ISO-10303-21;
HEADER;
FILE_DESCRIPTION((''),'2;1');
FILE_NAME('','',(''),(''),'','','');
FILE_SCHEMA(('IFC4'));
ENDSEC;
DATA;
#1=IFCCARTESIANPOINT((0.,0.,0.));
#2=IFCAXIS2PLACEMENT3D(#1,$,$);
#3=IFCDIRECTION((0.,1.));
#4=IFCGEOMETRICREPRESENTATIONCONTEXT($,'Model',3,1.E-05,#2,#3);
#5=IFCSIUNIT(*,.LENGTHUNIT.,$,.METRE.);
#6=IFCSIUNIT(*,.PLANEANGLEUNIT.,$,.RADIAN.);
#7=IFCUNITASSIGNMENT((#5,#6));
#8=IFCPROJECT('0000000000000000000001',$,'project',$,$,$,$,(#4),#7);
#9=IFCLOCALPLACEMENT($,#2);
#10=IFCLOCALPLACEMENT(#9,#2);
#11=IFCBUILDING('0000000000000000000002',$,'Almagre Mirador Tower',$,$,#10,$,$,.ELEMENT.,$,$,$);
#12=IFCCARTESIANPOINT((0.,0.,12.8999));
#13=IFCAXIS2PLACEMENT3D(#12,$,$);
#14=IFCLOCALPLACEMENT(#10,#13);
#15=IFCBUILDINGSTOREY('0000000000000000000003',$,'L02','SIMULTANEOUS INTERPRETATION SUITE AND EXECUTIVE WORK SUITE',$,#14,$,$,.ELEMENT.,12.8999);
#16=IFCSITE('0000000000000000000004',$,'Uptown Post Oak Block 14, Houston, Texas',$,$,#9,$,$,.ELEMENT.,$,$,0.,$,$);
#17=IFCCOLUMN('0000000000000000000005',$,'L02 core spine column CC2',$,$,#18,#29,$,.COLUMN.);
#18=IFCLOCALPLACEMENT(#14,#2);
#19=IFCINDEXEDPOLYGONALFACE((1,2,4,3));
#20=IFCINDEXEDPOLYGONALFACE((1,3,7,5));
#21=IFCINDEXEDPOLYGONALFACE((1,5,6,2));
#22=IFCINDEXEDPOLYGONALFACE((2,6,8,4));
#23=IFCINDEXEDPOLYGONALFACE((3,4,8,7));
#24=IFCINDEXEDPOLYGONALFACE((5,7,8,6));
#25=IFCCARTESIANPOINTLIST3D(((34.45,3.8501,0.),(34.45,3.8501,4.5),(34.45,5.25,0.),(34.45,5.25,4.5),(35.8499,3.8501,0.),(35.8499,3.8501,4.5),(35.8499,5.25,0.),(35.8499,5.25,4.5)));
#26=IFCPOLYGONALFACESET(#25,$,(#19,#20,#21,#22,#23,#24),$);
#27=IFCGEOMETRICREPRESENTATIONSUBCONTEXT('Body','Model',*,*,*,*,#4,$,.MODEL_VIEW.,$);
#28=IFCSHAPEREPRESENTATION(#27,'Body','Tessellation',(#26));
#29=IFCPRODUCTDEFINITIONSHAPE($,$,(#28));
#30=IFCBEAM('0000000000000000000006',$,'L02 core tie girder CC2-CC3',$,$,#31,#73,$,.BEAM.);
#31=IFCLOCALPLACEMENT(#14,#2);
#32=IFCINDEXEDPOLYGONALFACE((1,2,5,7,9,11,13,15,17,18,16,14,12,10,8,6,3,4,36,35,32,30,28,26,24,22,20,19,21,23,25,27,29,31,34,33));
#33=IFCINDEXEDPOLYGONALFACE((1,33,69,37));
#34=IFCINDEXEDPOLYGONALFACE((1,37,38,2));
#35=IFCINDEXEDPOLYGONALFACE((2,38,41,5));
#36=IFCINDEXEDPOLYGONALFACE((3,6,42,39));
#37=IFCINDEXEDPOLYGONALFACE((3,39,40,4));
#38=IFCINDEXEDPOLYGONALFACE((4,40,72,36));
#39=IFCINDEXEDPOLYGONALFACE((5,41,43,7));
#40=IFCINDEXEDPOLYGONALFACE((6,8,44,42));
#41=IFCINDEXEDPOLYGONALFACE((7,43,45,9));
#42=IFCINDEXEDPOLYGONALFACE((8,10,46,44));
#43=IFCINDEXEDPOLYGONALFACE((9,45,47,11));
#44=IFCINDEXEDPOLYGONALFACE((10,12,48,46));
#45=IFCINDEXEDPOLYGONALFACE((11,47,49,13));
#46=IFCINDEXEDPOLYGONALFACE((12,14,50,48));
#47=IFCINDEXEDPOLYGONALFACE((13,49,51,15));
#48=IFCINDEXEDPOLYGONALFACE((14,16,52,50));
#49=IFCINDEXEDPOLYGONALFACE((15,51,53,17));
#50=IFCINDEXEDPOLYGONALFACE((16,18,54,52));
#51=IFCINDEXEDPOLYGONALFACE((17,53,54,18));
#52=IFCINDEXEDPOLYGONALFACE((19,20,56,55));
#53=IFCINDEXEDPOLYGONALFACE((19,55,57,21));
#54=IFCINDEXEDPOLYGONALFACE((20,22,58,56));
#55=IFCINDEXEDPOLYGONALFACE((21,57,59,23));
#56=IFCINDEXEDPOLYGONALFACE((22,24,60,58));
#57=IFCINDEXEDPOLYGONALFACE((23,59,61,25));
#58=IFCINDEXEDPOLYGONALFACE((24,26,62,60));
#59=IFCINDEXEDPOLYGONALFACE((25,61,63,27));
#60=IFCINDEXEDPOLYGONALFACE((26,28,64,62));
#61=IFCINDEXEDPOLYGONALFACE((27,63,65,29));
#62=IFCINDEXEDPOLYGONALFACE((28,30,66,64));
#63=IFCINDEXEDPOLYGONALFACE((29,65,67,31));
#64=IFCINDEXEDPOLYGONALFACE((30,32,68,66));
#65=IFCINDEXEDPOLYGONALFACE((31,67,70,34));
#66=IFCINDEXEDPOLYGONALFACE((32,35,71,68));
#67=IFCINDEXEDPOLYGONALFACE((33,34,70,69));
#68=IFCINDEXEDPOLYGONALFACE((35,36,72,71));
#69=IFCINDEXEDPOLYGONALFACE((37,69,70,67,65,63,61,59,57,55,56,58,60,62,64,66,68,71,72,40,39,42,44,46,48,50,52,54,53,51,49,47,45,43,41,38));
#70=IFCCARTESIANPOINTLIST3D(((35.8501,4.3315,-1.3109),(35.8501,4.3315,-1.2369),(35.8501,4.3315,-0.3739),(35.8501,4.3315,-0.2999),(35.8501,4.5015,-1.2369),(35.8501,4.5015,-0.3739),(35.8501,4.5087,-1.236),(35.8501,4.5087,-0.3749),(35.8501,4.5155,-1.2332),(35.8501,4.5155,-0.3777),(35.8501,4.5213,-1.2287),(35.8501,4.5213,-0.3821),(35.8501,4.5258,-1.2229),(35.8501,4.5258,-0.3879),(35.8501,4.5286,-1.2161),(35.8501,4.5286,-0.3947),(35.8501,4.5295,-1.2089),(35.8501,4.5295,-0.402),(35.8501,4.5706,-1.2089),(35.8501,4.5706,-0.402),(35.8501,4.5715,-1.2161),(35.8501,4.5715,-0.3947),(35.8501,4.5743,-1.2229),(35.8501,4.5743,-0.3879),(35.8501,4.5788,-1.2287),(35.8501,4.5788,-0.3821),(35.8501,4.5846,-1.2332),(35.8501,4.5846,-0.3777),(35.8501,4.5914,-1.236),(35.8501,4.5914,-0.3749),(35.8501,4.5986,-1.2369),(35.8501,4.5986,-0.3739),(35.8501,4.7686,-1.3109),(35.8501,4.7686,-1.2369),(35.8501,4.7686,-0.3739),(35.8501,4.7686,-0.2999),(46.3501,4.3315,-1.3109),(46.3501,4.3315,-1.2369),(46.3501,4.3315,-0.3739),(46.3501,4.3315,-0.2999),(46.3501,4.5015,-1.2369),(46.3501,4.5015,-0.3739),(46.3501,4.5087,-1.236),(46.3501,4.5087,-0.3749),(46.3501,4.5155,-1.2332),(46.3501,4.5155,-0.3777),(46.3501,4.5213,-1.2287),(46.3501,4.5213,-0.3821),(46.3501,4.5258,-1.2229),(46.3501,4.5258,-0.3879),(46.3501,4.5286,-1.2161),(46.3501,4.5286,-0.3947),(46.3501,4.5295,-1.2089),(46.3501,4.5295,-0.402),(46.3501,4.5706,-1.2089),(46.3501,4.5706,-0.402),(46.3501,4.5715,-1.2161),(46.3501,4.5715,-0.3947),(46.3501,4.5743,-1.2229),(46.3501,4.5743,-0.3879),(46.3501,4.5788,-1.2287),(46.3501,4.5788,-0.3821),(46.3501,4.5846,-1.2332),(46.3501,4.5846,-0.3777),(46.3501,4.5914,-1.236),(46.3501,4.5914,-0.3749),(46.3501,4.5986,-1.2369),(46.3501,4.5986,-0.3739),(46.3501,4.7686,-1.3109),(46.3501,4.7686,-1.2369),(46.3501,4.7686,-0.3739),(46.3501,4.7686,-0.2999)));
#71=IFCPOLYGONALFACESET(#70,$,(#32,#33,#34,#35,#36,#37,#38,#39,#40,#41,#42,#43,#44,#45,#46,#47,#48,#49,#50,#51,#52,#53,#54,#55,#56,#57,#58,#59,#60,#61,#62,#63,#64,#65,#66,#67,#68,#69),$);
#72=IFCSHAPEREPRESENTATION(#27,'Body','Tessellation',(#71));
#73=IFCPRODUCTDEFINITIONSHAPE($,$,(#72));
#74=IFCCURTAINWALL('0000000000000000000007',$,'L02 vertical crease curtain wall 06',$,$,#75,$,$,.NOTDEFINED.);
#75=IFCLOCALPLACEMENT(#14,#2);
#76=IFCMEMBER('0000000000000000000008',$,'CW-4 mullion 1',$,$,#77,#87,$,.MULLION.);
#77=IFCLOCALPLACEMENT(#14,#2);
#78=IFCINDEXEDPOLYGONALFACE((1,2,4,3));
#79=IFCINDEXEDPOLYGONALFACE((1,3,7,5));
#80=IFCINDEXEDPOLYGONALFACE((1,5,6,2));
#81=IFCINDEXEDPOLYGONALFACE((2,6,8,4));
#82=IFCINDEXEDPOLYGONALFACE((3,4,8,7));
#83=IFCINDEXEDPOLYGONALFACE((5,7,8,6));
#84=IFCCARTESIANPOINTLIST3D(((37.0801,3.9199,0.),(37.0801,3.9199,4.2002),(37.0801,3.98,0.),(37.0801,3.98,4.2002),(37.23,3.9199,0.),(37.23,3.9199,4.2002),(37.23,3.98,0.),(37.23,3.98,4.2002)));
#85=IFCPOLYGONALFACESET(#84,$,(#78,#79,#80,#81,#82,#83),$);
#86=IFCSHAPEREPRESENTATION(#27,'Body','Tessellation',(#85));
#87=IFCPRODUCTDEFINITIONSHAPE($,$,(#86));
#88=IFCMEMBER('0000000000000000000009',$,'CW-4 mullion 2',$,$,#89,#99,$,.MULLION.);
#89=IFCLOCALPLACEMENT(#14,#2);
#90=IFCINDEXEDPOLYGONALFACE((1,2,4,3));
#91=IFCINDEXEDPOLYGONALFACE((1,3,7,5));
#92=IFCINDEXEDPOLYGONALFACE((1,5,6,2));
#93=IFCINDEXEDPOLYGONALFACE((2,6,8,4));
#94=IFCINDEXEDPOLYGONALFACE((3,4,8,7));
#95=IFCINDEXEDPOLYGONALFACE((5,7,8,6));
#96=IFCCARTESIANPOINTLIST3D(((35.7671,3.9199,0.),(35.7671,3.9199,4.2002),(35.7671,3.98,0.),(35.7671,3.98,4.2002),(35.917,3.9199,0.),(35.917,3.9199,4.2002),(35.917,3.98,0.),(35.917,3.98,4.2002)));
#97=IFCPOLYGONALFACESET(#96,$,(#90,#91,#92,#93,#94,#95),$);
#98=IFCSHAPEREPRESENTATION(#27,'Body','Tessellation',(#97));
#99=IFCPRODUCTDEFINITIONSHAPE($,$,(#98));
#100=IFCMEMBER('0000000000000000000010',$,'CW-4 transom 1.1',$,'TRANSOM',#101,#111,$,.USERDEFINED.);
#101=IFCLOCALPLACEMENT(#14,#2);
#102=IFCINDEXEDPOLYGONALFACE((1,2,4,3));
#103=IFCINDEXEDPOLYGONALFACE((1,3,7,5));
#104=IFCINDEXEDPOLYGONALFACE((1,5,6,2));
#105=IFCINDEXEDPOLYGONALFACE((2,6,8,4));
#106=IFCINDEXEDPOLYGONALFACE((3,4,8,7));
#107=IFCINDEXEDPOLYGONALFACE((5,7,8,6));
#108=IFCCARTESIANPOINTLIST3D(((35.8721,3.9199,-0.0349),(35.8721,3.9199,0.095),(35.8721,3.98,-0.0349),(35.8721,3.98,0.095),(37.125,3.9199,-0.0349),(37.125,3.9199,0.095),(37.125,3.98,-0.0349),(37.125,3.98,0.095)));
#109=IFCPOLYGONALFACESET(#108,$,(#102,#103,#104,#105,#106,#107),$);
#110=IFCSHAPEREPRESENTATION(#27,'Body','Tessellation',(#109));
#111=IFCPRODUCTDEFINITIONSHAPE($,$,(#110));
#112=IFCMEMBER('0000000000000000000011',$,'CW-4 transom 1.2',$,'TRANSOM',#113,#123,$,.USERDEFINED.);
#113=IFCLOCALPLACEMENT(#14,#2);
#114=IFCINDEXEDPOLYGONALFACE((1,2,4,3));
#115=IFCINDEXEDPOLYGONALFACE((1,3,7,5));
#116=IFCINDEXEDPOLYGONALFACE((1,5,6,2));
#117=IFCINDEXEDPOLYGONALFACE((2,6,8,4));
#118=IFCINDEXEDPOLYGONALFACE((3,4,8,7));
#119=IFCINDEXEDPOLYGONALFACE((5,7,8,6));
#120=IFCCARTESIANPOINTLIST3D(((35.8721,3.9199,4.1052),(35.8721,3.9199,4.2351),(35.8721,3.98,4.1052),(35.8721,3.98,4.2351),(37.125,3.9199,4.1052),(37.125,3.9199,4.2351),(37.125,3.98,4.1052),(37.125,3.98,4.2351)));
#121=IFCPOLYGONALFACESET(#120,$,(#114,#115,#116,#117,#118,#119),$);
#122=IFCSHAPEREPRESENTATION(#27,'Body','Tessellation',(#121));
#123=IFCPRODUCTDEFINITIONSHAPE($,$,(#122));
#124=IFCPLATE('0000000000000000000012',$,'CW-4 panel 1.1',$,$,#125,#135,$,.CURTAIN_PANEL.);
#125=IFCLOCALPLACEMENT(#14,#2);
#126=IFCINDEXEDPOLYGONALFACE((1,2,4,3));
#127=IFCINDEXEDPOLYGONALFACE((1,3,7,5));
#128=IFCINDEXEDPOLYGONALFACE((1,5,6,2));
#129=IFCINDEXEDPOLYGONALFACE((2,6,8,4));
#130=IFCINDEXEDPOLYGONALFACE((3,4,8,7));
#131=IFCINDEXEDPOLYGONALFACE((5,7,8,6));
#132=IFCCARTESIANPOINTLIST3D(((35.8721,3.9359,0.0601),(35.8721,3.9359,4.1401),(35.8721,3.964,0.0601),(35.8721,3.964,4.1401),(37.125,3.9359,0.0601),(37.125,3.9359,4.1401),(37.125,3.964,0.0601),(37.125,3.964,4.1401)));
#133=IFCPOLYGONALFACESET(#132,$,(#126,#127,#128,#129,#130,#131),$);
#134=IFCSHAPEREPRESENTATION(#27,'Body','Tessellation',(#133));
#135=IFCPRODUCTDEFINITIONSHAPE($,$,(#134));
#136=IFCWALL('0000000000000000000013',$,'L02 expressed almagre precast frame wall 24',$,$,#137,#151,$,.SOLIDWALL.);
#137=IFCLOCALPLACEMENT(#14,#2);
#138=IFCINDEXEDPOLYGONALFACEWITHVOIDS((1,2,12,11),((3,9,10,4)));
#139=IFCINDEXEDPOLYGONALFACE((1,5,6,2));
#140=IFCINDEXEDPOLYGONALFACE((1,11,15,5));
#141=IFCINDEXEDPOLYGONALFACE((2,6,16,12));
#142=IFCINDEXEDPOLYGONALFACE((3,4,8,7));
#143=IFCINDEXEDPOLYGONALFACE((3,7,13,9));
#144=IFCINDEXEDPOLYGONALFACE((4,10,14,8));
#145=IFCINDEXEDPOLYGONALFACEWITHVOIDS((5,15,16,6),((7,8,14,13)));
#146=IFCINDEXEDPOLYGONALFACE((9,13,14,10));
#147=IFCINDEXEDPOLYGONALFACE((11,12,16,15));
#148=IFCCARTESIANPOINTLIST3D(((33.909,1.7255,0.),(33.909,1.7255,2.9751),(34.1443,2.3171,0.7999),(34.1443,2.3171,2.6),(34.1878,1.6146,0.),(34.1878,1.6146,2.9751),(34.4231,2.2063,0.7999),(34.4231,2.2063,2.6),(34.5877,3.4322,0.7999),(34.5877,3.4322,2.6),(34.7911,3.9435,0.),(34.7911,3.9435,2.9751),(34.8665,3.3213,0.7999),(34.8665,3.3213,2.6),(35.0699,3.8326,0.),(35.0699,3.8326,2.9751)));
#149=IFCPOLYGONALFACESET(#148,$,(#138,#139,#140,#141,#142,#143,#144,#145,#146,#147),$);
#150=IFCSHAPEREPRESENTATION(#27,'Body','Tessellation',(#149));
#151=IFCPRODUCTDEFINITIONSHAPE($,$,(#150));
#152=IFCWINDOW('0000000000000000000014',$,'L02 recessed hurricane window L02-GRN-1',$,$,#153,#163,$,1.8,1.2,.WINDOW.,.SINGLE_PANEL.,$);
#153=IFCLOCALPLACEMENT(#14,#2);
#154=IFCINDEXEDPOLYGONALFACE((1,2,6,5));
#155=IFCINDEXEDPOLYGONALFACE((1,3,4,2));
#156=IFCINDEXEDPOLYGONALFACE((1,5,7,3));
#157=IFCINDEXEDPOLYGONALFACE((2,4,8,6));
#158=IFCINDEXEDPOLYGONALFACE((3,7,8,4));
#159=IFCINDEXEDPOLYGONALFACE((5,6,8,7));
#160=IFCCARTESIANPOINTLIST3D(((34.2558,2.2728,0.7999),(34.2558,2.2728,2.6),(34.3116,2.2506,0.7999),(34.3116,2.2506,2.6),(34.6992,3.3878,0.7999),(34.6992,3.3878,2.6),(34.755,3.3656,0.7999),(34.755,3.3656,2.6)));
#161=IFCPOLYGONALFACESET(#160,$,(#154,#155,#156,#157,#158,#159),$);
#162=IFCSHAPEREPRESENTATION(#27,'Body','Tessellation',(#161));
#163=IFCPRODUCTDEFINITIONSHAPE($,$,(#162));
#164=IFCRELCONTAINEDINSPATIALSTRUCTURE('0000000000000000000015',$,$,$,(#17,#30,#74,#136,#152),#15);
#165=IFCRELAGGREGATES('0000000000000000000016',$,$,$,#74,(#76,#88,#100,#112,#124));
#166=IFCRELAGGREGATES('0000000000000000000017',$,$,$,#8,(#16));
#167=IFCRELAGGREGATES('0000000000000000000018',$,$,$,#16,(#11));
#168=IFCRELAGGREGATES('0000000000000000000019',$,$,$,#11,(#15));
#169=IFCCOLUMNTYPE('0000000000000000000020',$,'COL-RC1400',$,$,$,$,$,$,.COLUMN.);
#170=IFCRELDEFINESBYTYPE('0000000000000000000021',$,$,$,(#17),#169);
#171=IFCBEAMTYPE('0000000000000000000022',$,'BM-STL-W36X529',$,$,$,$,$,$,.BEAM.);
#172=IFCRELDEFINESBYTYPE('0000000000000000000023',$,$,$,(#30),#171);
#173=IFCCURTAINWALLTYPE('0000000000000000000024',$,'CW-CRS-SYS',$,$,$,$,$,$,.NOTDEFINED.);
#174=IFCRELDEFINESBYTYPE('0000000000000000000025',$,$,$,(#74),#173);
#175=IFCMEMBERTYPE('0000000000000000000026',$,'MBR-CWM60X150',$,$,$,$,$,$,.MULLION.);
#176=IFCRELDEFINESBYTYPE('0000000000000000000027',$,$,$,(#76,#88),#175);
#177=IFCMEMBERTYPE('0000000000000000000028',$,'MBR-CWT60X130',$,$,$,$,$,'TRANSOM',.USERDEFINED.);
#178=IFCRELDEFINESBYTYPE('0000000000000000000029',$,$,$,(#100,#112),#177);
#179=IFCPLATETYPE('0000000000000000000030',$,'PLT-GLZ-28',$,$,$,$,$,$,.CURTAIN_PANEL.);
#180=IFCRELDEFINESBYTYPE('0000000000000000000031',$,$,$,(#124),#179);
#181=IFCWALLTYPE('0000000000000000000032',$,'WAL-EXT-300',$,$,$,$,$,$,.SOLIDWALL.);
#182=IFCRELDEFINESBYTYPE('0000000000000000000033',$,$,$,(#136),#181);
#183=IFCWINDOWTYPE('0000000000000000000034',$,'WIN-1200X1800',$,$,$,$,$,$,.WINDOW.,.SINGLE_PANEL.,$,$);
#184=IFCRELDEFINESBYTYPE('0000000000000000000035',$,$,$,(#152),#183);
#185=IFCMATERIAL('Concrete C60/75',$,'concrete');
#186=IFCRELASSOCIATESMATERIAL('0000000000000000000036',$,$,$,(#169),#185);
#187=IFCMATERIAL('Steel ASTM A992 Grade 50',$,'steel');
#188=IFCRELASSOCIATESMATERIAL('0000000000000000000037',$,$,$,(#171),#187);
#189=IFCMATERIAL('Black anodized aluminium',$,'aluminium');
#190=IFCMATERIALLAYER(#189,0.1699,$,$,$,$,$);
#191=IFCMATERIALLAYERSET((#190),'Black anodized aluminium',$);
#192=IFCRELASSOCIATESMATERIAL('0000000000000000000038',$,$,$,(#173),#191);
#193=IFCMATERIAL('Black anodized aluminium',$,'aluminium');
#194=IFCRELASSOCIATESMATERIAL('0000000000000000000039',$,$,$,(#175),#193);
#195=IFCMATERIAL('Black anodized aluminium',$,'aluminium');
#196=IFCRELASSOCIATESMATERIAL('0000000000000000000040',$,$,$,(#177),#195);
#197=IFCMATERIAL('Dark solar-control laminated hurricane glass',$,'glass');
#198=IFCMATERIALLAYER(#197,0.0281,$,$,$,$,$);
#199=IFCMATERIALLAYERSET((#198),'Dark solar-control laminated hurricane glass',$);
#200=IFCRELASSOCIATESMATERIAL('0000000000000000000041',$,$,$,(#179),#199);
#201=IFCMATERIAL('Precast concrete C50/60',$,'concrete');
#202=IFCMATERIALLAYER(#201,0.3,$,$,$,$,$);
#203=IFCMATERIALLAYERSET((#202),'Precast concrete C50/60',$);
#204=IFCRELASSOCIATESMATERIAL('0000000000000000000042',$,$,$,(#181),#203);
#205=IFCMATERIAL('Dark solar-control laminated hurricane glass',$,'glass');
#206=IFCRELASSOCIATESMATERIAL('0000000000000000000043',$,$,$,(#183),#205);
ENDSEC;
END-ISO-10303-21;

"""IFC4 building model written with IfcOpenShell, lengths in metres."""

from ifc_helpers import new_model, si_unit, direction, frame, frame_2d, origin, origin_2d, place, context, subcontext, project, spatial, rectangle, i_section, extrude, material, layer, layer_set, material_profile, profile_set, type_object, element, fill, aggregate, save


model = new_model("IFC4")

# Units and contexts
model_context = context("Model", 3, precision=1e-05, world=origin(), true_north=direction((0.0, 1.0)))
body_context = subcontext(model_context, "Body", "Model", "MODEL_VIEW")
ifc_project = project(units=[si_unit("LENGTHUNIT", "METRE"), si_unit("PLANEANGLEUNIT", "RADIAN")], contexts=[model_context])

# Site, building, storey
site_placement = place(None, origin())
site = spatial("IfcSite", under=ifc_project, at=site_placement, Name="Uptown Post Oak Block 14, Houston, Texas", CompositionType="ELEMENT", RefElevation=0.0)
building_placement = place(site_placement, origin())
building = spatial("IfcBuilding", under=site, at=building_placement, Name="Almagre Mirador Tower", CompositionType="ELEMENT")
storey_placement = place(building_placement, frame((0.0, 0.0, 12.8999)))
storey = spatial("IfcBuildingStorey", under=building, at=storey_placement, Name="L02", Description="SIMULTANEOUS INTERPRETATION SUITE AND EXECUTIVE WORK SUITE", CompositionType="ELEMENT", Elevation=12.8999)

# Column
ifc_material_1 = material(Name="Concrete C60/75", Category="concrete")
ifc_material_profile_1 = material_profile(ifc_material_1, rectangle(XDim=1.3999, YDim=1.3999, at=origin_2d()), Name="RC1400X1400")
ifc_profile_set_1 = profile_set([ifc_material_profile_1], Name="Concrete C60/75")
column_type = type_object("IfcColumnType", Name="COL-RC1400", PredefinedType="COLUMN", material=ifc_profile_set_1)
column_placement = place(storey_placement, frame((35.1499, 4.55, 0.0), z_axis=(0.0, 0.0, 1.0), x_axis=(1.0, 0.0, 0.0)))
element("IfcColumn", 1, at=column_placement, inside=storey, type_object=column_type, Name="L02 core spine column CC2", PredefinedType="COLUMN", context=body_context, shape_type="SweptSolid", body=[
    extrude(rectangle(XDim=1.3999, YDim=1.3999, at=origin_2d()), origin(), (0.0, 0.0, 1.0), 4.5),
])

# Beam
ifc_material_2 = material(Name="Steel ASTM A992 Grade 50", Category="steel")
ifc_material_profile_2 = material_profile(ifc_material_2, i_section(OverallWidth=0.437, OverallDepth=1.011, WebThickness=0.041, FlangeThickness=0.074, FilletRadius=0.0281, at=origin_2d()), Name="W36X529")
ifc_profile_set_2 = profile_set([ifc_material_profile_2], Name="Steel ASTM A992 Grade 50")
beam_type = type_object("IfcBeamType", Name="BM-STL-W36X529", PredefinedType="BEAM", material=ifc_profile_set_2)
beam_placement = place(storey_placement, frame((35.8501, 4.55, -0.8054), z_axis=(1.0, 0.0, 0.0), x_axis=(0.0, 1.0, 0.0)))
element("IfcBeam", 2, at=beam_placement, inside=storey, type_object=beam_type, Name="L02 core tie girder CC2-CC3", PredefinedType="BEAM", context=body_context, shape_type="SweptSolid", body=[
    extrude(i_section(OverallWidth=0.437, OverallDepth=1.011, WebThickness=0.041, FlangeThickness=0.074, FilletRadius=0.0281, at=origin_2d()), origin(), (0.0, 0.0, 1.0), 10.5),
])

# Curtain wall, members, plate
ifc_material_3 = material(Name="Black anodized aluminium", Category="aluminium")
ifc_layer_1 = layer(ifc_material_3, 0.1699)
ifc_layer_set_1 = layer_set([ifc_layer_1], Name="Black anodized aluminium")
curtain_wall_type = type_object("IfcCurtainWallType", Name="CW-CRS-SYS", PredefinedType="NOTDEFINED", material=ifc_layer_set_1)
curtain_wall_placement = place(storey_placement, origin())
curtain_wall = element("IfcCurtainWall", 3, at=curtain_wall_placement, inside=storey, type_object=curtain_wall_type, Name="L02 vertical crease curtain wall 06", PredefinedType="NOTDEFINED")
ifc_material_4 = material(Name="Black anodized aluminium", Category="aluminium")
ifc_material_profile_3 = material_profile(ifc_material_4, rectangle(XDim=0.0601, YDim=0.1499, at=origin_2d()), Name="CWM60X150")
ifc_profile_set_3 = profile_set([ifc_material_profile_3], Name="Black anodized aluminium")
member_type_1 = type_object("IfcMemberType", Name="MBR-CWM60X150", PredefinedType="MULLION", material=ifc_profile_set_3)
member_1_placement = place(storey_placement, frame((37.155, 3.95, 0.0), z_axis=(0.0, 0.0, 1.0), x_axis=(0.0, -1.0, 0.0)))
member_1 = element("IfcMember", 4, at=member_1_placement, type_object=member_type_1, Name="CW-4 mullion 1", PredefinedType="MULLION", context=body_context, shape_type="SweptSolid", body=[
    extrude(rectangle(XDim=0.0601, YDim=0.1499, at=origin_2d()), origin(), (0.0, 0.0, 1.0), 4.2002),
])
member_2_placement = place(storey_placement, frame((35.842, 3.95, 0.0), z_axis=(0.0, 0.0, 1.0), x_axis=(0.0, -1.0, 0.0)))
member_2 = element("IfcMember", 5, at=member_2_placement, type_object=member_type_1, Name="CW-4 mullion 2", PredefinedType="MULLION", context=body_context, shape_type="SweptSolid", body=[
    extrude(rectangle(XDim=0.0601, YDim=0.1499, at=origin_2d()), origin(), (0.0, 0.0, 1.0), 4.2002),
])
ifc_material_5 = material(Name="Black anodized aluminium", Category="aluminium")
ifc_material_profile_4 = material_profile(ifc_material_5, rectangle(XDim=0.0601, YDim=0.1299, at=origin_2d()), Name="CWT60X130")
ifc_profile_set_4 = profile_set([ifc_material_profile_4], Name="Black anodized aluminium")
member_type_2 = type_object("IfcMemberType", Name="MBR-CWT60X130", ElementType="TRANSOM", PredefinedType="USERDEFINED", material=ifc_profile_set_4)
member_3_placement = place(storey_placement, frame((37.125, 3.95, 0.03), z_axis=(-1.0, 0.0, 0.0), x_axis=(0.0, -1.0, 0.0)))
member_3 = element("IfcMember", 6, at=member_3_placement, type_object=member_type_2, Name="CW-4 transom 1.1", ObjectType="TRANSOM", PredefinedType="USERDEFINED", context=body_context, shape_type="SweptSolid", body=[
    extrude(rectangle(XDim=0.0601, YDim=0.1299, at=origin_2d()), origin(), (0.0, 0.0, 1.0), 1.2529),
])
member_4_placement = place(storey_placement, frame((37.125, 3.95, 4.1702), z_axis=(-1.0, 0.0, 0.0), x_axis=(0.0, -1.0, 0.0)))
member_4 = element("IfcMember", 7, at=member_4_placement, type_object=member_type_2, Name="CW-4 transom 1.2", ObjectType="TRANSOM", PredefinedType="USERDEFINED", context=body_context, shape_type="SweptSolid", body=[
    extrude(rectangle(XDim=0.0601, YDim=0.1299, at=origin_2d()), origin(), (0.0, 0.0, 1.0), 1.2529),
])
ifc_material_6 = material(Name="Dark solar-control laminated hurricane glass", Category="glass")
ifc_layer_2 = layer(ifc_material_6, 0.0281)
ifc_layer_set_2 = layer_set([ifc_layer_2], Name="Dark solar-control laminated hurricane glass")
plate_type = type_object("IfcPlateType", Name="PLT-GLZ-28", PredefinedType="CURTAIN_PANEL", material=ifc_layer_set_2)
plate_placement = place(storey_placement, frame((36.4985, 3.95, 0.0601), z_axis=(0.0, 0.0, 1.0), x_axis=(-1.0, 0.0, 0.0)))
plate = element("IfcPlate", 8, at=plate_placement, type_object=plate_type, Name="CW-4 panel 1.1", PredefinedType="CURTAIN_PANEL", context=body_context, shape_type="SweptSolid", body=[
    extrude(rectangle(XDim=1.2529, YDim=0.0281, at=origin_2d()), origin(), (0.0, 0.0, 1.0), 4.0801),
])
aggregate(curtain_wall, [member_1, member_2, member_3, member_4, plate])

# Wall, opening, window
ifc_material_7 = material(Name="Precast concrete C50/60", Category="concrete")
ifc_layer_3 = layer(ifc_material_7, 0.3)
ifc_layer_set_3 = layer_set([ifc_layer_3], Name="Precast concrete C50/60")
wall_type_1 = type_object("IfcWallType", Name="WAL-EXT-300", PredefinedType="SOLIDWALL", material=ifc_layer_set_3)
wall_1_placement = place(storey_placement, frame((34.9304, 3.8879, 0.0), z_axis=(0.0, 0.0, 1.0), x_axis=(-0.369538, -0.929215, 0.0)))
wall_1 = element("IfcWall", 9, at=wall_1_placement, inside=storey, type_object=wall_type_1, Name="L02 expressed almagre precast frame wall 24", PredefinedType="SOLIDWALL", context=body_context, shape_type="SweptSolid", body=[
    extrude(rectangle(XDim=2.387, YDim=0.3, at=frame_2d((1.1934, 0.0))), origin(), (0.0, 0.0, 1.0), 2.9751),
])
opening_1_placement = place(wall_1_placement, frame((0.55, 0.0, 0.8)))
opening_1 = element("IfcOpeningElement", 10, at=opening_1_placement, cuts=wall_1, PredefinedType="OPENING", context=body_context, shape_type="SweptSolid", body=[
    extrude(rectangle(XDim=1.2, YDim=1.8, at=frame_2d((0.6001, 0.8999))), frame((0.0, 0.1599, 0.0), z_axis=(0.0, -1.0, 0.0), x_axis=(1.0, 0.0, 0.0)), (0.0, 0.0, 1.0), 0.32),
])
ifc_material_8 = material(Name="Dark solar-control laminated hurricane glass", Category="glass")
window_type = type_object("IfcWindowType", Name="WIN-1200X1800", PartitioningType="SINGLE_PANEL", PredefinedType="WINDOW", material=ifc_material_8)
window_placement = place(opening_1_placement, origin())
window = element("IfcWindow", 11, at=window_placement, inside=storey, type_object=window_type, Name="L02 recessed hurricane window L02-GRN-1", OverallHeight=1.8, OverallWidth=1.2, PartitioningType="SINGLE_PANEL", PredefinedType="WINDOW", context=body_context, shape_type="SweptSolid", body=[
    extrude(rectangle(XDim=1.2, YDim=1.8, at=frame_2d((0.6001, 0.8999))), frame((0.0, 0.03, 0.0), z_axis=(0.0, -1.0, 0.0), x_axis=(1.0, 0.0, 0.0)), (0.0, 0.0, 1.0), 0.0601),
])
fill(opening_1, window)

save(model, "model.ifc")
